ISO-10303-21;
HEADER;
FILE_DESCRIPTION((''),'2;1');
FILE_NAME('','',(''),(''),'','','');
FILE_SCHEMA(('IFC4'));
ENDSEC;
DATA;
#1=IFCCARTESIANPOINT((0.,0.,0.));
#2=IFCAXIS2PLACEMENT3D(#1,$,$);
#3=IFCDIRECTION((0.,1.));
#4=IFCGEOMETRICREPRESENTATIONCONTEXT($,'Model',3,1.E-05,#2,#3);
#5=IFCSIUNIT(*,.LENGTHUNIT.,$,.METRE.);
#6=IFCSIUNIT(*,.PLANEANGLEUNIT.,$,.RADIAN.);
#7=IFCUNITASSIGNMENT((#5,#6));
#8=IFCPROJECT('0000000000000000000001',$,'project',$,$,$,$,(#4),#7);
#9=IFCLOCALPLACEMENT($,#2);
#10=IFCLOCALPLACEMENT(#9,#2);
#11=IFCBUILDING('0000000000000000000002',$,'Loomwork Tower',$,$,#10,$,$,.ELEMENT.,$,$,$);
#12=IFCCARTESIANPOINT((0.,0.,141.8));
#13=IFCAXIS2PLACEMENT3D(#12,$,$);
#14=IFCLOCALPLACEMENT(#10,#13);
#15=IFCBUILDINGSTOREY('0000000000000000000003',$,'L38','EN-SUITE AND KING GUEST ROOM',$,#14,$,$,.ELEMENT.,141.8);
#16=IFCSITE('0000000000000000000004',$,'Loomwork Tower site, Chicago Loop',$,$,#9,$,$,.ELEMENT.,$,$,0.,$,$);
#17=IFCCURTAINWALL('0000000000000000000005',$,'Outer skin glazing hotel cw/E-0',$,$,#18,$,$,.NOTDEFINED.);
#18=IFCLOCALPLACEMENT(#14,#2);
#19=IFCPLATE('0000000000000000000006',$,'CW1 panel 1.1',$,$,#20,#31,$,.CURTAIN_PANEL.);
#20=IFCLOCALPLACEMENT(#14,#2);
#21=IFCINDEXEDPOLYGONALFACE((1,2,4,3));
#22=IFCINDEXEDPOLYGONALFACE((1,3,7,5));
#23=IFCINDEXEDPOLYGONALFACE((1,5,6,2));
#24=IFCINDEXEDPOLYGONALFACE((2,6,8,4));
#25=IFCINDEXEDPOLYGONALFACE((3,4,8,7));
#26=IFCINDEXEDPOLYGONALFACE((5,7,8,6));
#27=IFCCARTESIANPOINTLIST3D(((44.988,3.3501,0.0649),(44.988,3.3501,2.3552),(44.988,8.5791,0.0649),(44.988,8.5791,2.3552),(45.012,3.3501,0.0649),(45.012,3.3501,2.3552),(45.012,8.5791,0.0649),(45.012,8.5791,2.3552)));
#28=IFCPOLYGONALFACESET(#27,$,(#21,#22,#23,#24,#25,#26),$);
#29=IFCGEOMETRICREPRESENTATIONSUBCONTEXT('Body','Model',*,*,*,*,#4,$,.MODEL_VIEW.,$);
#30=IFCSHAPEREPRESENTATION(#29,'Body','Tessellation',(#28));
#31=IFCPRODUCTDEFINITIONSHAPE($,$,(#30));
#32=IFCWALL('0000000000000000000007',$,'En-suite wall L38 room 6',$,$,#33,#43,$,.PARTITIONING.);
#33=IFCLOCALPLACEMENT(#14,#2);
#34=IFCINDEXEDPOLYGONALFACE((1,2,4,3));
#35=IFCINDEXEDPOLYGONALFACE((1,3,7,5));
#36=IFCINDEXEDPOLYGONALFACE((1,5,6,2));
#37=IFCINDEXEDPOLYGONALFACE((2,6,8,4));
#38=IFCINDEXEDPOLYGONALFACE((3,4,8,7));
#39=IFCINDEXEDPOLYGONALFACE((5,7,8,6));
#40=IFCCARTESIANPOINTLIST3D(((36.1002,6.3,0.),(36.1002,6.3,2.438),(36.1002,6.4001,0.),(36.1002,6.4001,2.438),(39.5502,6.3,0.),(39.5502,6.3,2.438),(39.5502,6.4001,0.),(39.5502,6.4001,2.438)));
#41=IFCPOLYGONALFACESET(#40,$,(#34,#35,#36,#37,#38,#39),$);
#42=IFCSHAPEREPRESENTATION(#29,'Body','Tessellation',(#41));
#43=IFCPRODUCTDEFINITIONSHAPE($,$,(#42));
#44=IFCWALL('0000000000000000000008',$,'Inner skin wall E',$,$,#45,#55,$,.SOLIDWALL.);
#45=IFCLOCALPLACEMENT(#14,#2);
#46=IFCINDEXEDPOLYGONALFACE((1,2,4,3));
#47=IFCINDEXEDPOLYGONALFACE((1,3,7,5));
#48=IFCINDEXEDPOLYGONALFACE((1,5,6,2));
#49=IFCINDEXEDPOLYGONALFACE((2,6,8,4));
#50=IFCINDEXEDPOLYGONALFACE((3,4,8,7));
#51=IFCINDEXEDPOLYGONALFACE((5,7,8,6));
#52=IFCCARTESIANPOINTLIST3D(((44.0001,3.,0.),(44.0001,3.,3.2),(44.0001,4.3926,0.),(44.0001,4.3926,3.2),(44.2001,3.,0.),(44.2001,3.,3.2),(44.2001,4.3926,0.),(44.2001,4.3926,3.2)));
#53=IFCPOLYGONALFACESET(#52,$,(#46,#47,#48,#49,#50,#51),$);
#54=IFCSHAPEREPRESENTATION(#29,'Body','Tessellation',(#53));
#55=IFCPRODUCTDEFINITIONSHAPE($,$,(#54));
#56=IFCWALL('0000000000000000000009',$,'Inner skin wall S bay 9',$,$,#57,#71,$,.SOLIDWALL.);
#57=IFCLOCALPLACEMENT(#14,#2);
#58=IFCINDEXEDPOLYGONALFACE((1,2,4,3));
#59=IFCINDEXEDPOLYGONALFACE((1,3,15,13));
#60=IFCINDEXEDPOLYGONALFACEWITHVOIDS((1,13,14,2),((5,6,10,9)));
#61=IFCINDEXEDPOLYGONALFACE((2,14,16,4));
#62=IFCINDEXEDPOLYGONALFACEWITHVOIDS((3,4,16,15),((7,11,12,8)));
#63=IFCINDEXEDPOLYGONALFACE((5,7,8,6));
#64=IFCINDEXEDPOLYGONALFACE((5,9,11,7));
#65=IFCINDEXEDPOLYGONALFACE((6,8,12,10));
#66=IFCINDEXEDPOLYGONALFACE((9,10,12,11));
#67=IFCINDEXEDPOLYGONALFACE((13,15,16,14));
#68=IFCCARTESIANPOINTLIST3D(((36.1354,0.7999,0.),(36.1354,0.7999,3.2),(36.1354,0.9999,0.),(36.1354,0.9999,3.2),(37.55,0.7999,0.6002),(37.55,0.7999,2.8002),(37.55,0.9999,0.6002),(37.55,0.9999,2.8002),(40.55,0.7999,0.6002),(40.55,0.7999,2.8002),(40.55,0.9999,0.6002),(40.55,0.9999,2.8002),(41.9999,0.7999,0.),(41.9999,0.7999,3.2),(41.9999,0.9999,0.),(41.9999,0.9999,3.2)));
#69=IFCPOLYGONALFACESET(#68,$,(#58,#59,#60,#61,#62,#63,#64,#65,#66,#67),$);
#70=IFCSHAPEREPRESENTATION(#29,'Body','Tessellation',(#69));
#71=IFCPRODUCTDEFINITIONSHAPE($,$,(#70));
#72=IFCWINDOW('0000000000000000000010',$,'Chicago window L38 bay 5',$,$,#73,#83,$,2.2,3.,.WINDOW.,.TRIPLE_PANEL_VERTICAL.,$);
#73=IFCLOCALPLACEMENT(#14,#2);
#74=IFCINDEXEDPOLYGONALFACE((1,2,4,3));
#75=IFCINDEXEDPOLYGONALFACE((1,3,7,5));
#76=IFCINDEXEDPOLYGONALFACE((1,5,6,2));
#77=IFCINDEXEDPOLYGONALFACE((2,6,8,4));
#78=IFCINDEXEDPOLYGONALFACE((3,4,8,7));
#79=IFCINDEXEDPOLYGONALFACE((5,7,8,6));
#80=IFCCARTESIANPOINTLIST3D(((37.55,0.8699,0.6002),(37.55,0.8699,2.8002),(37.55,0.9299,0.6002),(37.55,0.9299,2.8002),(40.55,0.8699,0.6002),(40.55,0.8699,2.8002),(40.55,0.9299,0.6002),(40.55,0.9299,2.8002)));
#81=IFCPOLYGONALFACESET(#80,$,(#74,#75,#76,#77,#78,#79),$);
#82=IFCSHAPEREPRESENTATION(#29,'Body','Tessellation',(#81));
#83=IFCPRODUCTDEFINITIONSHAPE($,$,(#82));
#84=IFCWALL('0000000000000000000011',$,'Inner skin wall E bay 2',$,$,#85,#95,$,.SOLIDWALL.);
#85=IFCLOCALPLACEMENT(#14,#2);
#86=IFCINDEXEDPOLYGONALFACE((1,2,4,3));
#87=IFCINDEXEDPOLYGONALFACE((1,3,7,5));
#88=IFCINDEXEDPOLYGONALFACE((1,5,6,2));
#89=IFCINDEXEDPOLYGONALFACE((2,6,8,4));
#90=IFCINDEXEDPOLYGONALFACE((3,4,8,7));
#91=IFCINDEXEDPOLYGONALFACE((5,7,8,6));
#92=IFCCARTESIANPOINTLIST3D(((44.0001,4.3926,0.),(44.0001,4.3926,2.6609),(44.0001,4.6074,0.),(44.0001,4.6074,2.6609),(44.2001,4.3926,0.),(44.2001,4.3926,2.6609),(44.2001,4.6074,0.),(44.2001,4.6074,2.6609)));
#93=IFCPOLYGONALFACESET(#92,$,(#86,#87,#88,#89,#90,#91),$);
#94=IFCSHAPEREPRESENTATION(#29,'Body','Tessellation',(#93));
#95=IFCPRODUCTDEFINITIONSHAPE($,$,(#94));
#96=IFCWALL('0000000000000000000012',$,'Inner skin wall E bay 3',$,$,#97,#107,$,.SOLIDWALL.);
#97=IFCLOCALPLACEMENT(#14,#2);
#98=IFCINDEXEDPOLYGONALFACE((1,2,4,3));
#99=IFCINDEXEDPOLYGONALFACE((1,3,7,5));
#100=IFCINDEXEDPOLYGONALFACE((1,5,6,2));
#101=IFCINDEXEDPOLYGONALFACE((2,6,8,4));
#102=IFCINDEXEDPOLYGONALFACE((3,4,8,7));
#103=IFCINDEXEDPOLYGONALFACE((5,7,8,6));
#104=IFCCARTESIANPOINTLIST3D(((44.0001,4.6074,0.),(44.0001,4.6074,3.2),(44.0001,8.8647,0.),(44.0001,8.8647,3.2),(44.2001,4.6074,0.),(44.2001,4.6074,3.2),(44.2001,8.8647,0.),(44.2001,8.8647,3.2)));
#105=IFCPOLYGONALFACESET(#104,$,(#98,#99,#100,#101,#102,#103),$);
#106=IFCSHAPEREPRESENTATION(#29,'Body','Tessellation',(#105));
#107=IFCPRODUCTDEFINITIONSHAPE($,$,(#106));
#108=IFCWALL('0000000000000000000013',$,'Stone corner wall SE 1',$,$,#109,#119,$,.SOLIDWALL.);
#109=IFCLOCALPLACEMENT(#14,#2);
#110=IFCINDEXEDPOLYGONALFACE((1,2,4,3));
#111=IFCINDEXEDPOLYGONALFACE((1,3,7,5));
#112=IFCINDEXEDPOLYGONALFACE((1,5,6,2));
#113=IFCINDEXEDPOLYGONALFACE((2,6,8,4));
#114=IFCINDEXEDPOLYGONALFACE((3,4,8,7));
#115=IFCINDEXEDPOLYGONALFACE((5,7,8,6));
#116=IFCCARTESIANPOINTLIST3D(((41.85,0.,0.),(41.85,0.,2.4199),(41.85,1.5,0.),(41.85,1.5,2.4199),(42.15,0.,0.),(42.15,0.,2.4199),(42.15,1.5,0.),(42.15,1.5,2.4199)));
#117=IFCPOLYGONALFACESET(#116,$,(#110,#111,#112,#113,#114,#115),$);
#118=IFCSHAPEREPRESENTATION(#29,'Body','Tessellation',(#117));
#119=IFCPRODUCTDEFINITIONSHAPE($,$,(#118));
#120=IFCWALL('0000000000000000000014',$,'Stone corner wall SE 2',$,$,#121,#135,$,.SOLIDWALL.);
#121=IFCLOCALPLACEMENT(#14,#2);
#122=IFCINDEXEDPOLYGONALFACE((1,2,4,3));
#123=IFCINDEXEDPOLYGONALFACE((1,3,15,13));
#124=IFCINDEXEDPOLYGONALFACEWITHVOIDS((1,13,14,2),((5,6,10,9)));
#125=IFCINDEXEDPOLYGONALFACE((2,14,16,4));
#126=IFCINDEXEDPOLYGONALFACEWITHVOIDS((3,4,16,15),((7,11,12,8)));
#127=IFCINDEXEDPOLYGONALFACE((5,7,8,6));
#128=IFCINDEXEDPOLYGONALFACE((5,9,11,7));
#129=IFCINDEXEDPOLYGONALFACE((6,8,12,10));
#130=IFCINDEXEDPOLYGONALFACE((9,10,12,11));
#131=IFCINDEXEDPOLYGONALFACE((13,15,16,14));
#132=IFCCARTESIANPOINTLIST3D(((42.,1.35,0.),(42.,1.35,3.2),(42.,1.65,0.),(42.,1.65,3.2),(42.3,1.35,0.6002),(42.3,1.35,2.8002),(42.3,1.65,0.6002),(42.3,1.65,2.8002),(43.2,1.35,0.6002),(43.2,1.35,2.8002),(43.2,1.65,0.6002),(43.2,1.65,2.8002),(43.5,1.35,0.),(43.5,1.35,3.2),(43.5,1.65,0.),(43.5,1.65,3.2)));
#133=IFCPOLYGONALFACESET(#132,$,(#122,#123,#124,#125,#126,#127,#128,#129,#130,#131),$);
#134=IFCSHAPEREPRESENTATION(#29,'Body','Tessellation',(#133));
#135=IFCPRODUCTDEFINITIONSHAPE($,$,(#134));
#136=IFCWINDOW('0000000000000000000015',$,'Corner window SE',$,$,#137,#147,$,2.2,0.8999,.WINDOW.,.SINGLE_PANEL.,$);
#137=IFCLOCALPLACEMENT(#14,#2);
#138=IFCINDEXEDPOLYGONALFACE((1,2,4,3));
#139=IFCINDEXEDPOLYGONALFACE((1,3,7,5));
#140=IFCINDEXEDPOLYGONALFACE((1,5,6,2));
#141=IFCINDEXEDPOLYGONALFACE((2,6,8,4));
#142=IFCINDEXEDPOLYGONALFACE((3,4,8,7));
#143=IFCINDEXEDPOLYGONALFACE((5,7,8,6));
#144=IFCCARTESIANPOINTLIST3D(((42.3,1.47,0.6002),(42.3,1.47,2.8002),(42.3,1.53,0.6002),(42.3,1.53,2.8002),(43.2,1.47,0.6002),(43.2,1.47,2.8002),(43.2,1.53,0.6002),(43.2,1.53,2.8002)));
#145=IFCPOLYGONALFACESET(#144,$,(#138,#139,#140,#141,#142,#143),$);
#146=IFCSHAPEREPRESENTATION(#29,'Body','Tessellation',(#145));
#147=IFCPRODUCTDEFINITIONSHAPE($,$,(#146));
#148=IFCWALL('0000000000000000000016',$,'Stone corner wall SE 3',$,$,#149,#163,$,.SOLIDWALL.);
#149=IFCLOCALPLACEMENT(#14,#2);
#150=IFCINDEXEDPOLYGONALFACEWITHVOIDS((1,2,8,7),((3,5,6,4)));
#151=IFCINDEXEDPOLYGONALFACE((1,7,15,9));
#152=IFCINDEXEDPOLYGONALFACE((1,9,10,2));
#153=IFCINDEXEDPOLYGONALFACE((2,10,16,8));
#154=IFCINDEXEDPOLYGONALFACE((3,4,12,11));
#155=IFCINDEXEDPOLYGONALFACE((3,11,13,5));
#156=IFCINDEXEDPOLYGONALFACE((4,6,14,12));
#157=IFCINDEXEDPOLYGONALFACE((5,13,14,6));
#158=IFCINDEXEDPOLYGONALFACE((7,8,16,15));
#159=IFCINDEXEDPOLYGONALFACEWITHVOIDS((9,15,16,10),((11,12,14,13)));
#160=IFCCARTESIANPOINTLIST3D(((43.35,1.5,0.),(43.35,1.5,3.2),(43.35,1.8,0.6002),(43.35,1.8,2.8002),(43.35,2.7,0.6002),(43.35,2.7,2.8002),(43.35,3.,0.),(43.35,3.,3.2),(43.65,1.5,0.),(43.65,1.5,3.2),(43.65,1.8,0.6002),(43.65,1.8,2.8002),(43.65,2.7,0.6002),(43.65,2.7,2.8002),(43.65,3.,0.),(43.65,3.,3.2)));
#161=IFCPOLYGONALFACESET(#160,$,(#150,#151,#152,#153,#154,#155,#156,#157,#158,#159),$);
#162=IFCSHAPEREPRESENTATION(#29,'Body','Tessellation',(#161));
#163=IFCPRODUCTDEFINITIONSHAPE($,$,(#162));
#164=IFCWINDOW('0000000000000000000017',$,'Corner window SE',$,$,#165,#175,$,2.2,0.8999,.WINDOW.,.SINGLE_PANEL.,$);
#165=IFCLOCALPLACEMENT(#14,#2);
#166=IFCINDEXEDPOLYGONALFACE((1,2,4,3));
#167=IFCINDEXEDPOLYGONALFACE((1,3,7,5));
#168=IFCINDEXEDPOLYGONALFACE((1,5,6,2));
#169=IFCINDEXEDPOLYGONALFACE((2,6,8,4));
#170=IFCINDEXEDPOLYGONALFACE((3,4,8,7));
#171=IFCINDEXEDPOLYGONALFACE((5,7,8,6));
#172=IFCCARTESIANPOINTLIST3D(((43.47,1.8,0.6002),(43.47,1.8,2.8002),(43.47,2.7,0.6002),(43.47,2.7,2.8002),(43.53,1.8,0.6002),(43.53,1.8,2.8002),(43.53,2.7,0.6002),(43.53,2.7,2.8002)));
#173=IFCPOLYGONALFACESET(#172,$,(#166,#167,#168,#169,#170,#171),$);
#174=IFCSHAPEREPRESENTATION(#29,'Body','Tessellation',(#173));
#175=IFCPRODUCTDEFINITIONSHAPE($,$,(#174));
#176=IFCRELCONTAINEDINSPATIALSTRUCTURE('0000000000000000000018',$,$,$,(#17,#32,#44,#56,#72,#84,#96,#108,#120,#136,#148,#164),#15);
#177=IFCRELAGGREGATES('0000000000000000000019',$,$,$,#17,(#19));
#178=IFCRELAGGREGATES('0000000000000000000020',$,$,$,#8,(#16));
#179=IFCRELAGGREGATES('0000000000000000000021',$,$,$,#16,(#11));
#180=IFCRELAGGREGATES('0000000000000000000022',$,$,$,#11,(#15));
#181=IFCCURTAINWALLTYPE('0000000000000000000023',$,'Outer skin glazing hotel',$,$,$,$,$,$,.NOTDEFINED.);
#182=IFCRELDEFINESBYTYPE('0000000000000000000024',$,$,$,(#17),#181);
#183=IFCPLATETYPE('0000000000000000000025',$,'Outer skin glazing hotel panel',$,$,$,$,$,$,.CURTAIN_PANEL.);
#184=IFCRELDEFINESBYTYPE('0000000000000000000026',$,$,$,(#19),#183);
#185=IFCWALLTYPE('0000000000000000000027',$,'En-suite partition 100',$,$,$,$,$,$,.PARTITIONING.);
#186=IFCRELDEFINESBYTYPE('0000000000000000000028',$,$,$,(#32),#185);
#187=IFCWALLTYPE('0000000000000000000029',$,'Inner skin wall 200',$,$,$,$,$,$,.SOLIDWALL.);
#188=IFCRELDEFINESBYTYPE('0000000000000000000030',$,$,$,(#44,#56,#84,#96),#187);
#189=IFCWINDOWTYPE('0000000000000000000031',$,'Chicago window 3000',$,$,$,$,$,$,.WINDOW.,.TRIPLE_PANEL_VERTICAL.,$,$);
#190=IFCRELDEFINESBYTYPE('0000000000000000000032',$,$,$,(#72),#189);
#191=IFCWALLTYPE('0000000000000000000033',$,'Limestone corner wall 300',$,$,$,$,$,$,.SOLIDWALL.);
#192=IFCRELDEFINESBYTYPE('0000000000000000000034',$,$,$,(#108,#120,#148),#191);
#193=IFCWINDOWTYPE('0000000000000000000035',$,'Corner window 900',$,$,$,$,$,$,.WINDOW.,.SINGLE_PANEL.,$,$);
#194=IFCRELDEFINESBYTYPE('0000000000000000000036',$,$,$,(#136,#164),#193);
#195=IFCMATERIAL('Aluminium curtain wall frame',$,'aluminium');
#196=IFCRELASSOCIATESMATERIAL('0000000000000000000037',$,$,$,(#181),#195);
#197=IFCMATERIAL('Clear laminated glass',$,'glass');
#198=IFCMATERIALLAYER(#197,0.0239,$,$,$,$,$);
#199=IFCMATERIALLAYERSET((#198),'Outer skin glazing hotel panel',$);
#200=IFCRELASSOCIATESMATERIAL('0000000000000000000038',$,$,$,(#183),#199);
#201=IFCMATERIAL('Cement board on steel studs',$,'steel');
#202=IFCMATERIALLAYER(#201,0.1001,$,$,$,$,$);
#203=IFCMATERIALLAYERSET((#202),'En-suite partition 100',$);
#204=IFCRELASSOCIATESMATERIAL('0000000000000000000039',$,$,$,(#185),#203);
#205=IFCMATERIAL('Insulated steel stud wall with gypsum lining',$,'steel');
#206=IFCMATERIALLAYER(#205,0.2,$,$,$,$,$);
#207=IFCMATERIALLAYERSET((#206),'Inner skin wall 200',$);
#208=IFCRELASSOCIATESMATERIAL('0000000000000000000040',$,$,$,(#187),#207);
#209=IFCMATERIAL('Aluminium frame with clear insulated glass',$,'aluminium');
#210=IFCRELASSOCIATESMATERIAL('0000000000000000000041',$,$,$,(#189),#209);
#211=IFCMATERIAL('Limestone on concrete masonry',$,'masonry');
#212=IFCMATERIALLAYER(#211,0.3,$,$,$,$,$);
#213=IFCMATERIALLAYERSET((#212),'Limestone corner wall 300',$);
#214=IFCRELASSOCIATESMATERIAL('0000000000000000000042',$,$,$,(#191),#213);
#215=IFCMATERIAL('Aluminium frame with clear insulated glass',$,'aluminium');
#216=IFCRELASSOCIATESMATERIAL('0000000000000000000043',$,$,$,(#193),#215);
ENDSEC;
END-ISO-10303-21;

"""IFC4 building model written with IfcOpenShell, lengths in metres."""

from ifc_helpers import new_model, si_unit, direction, frame, frame_2d, origin, origin_2d, place, context, subcontext, project, spatial, rectangle, extrude, material, layer, layer_set, type_object, element, fill, aggregate, save


model = new_model("IFC4")

# Units and contexts
model_context = context("Model", 3, precision=1e-05, world=origin(), true_north=direction((0.0, 1.0)))
body_context = subcontext(model_context, "Body", "Model", "MODEL_VIEW")
ifc_project = project(units=[si_unit("LENGTHUNIT", "METRE"), si_unit("PLANEANGLEUNIT", "RADIAN")], contexts=[model_context])

# Site, building, storey
site_placement = place(None, origin())
site = spatial("IfcSite", under=ifc_project, at=site_placement, Name="Loomwork Tower site, Chicago Loop", CompositionType="ELEMENT", RefElevation=0.0)
building_placement = place(site_placement, origin())
building = spatial("IfcBuilding", under=site, at=building_placement, Name="Loomwork Tower", CompositionType="ELEMENT")
storey_placement = place(building_placement, frame((0.0, 0.0, 141.8)))
storey = spatial("IfcBuildingStorey", under=building, at=storey_placement, Name="L38", Description="EN-SUITE AND KING GUEST ROOM", CompositionType="ELEMENT", Elevation=141.8)

# Curtain wall
ifc_material_1 = material(Name="Aluminium curtain wall frame", Category="aluminium")
curtain_wall_type = type_object("IfcCurtainWallType", Name="Outer skin glazing hotel", PredefinedType="NOTDEFINED", material=ifc_material_1)
curtain_wall_1_placement = place(storey_placement, origin())
curtain_wall_1 = element("IfcCurtainWall", 1, at=curtain_wall_1_placement, inside=storey, type_object=curtain_wall_type, Name="Outer skin glazing hotel cw/E-0", PredefinedType="NOTDEFINED")

# Plate
ifc_material_2 = material(Name="Clear laminated glass", Category="glass")
ifc_layer_1 = layer(ifc_material_2, 0.0239)
ifc_layer_set_1 = layer_set([ifc_layer_1], Name="Outer skin glazing hotel panel")
plate_type = type_object("IfcPlateType", Name="Outer skin glazing hotel panel", PredefinedType="CURTAIN_PANEL", material=ifc_layer_set_1)
plate_1_placement = place(storey_placement, frame((45.0, 5.9646, 0.0649), z_axis=(0.0, 0.0, 1.0), x_axis=(0.0, 1.0, 0.0)))
plate_1 = element("IfcPlate", 2, at=plate_1_placement, type_object=plate_type, Name="CW1 panel 1.1", PredefinedType="CURTAIN_PANEL", context=body_context, shape_type="SweptSolid", body=[
    extrude(rectangle(XDim=5.229, YDim=0.0239, at=origin_2d()), origin(), (0.0, 0.0, 1.0), 2.2903),
])
aggregate(curtain_wall_1, [plate_1])

# Walls
ifc_material_3 = material(Name="Cement board on steel studs", Category="steel")
ifc_layer_2 = layer(ifc_material_3, 0.1001)
ifc_layer_set_2 = layer_set([ifc_layer_2], Name="En-suite partition 100")
wall_type_1 = type_object("IfcWallType", Name="En-suite partition 100", PredefinedType="PARTITIONING", material=ifc_layer_set_2)
wall_1_placement = place(storey_placement, frame((36.1001, 6.3501, 0.0), z_axis=(0.0, 0.0, 1.0), x_axis=(1.0, 0.0, 0.0)))
element("IfcWall", 3, at=wall_1_placement, inside=storey, type_object=wall_type_1, Name="En-suite wall L38 room 6", PredefinedType="PARTITIONING", context=body_context, shape_type="SweptSolid", body=[
    extrude(rectangle(XDim=3.45, YDim=0.1001, at=frame_2d((1.7251, 0.0))), origin(), (0.0, 0.0, 1.0), 2.438),
])
ifc_material_4 = material(Name="Insulated steel stud wall with gypsum lining", Category="steel")
ifc_layer_3 = layer(ifc_material_4, 0.2)
ifc_layer_set_3 = layer_set([ifc_layer_3], Name="Inner skin wall 200")
wall_type_2 = type_object("IfcWallType", Name="Inner skin wall 200", PredefinedType="SOLIDWALL", material=ifc_layer_set_3)
wall_2_placement = place(storey_placement, frame((44.1001, 3.0, 0.0), z_axis=(0.0, 0.0, 1.0), x_axis=(0.0, 1.0, 0.0)))
element("IfcWall", 4, at=wall_2_placement, inside=storey, type_object=wall_type_2, Name="Inner skin wall E", PredefinedType="SOLIDWALL", context=body_context, shape_type="SweptSolid", body=[
    extrude(rectangle(XDim=1.3926, YDim=0.2, at=frame_2d((0.6963, 0.0))), origin(), (0.0, 0.0, 1.0), 3.2),
])

# Wall, opening, window
wall_3_placement = place(storey_placement, frame((36.1355, 0.8999, 0.0), z_axis=(0.0, 0.0, 1.0), x_axis=(1.0, 0.0, 0.0)))
wall_3 = element("IfcWall", 5, at=wall_3_placement, inside=storey, type_object=wall_type_2, Name="Inner skin wall S bay 9", PredefinedType="SOLIDWALL", context=body_context, shape_type="SweptSolid", body=[
    extrude(rectangle(XDim=5.8645, YDim=0.2, at=frame_2d((2.9321, 0.0))), origin(), (0.0, 0.0, 1.0), 3.2),
])
opening_1_placement = place(wall_3_placement, frame((1.4146, 0.0, 0.6001)))
opening_1 = element("IfcOpeningElement", 6, at=opening_1_placement, cuts=wall_3, PredefinedType="OPENING", context=body_context, shape_type="SweptSolid", body=[
    extrude(rectangle(XDim=3.0, YDim=2.2, at=frame_2d((1.5, 1.1001))), frame((0.0, 0.1099, 0.0), z_axis=(0.0, -1.0, 0.0), x_axis=(1.0, 0.0, 0.0)), (0.0, 0.0, 1.0), 0.22),
])
ifc_material_5 = material(Name="Aluminium frame with clear insulated glass", Category="aluminium")
window_type_1 = type_object("IfcWindowType", Name="Chicago window 3000", PartitioningType="TRIPLE_PANEL_VERTICAL", PredefinedType="WINDOW", material=ifc_material_5)
window_1_placement = place(opening_1_placement, origin())
window_1 = element("IfcWindow", 7, at=window_1_placement, inside=storey, type_object=window_type_1, Name="Chicago window L38 bay 5", OverallHeight=2.2, OverallWidth=3.0, PartitioningType="TRIPLE_PANEL_VERTICAL", PredefinedType="WINDOW", context=body_context, shape_type="SweptSolid", body=[
    extrude(rectangle(XDim=3.0, YDim=2.2, at=frame_2d((1.5, 1.1001))), frame((0.0, 0.03, 0.0), z_axis=(0.0, -1.0, 0.0), x_axis=(1.0, 0.0, 0.0)), (0.0, 0.0, 1.0), 0.0601),
])
fill(opening_1, window_1)

# Walls
wall_4_placement = place(storey_placement, frame((44.1001, 4.3926, 0.0), z_axis=(0.0, 0.0, 1.0), x_axis=(0.0, 1.0, 0.0)))
element("IfcWall", 8, at=wall_4_placement, inside=storey, type_object=wall_type_2, Name="Inner skin wall E bay 2", PredefinedType="SOLIDWALL", context=body_context, shape_type="SweptSolid", body=[
    extrude(rectangle(XDim=0.2148, YDim=0.2, at=frame_2d((0.1074, 0.0))), origin(), (0.0, 0.0, 1.0), 2.6609),
])
wall_5_placement = place(storey_placement, frame((44.1001, 4.6074, 0.0), z_axis=(0.0, 0.0, 1.0), x_axis=(0.0, 1.0, 0.0)))
element("IfcWall", 9, at=wall_5_placement, inside=storey, type_object=wall_type_2, Name="Inner skin wall E bay 3", PredefinedType="SOLIDWALL", context=body_context, shape_type="SweptSolid", body=[
    extrude(rectangle(XDim=4.2573, YDim=0.2, at=frame_2d((2.1287, 0.0))), origin(), (0.0, 0.0, 1.0), 3.2),
])
ifc_material_6 = material(Name="Limestone on concrete masonry", Category="masonry")
ifc_layer_4 = layer(ifc_material_6, 0.3)
ifc_layer_set_4 = layer_set([ifc_layer_4], Name="Limestone corner wall 300")
wall_type_3 = type_object("IfcWallType", Name="Limestone corner wall 300", PredefinedType="SOLIDWALL", material=ifc_layer_set_4)
wall_6_placement = place(storey_placement, frame((42.0, 0.0, 0.0), z_axis=(0.0, 0.0, 1.0), x_axis=(0.0, 1.0, 0.0)))
element("IfcWall", 10, at=wall_6_placement, inside=storey, type_object=wall_type_3, Name="Stone corner wall SE 1", PredefinedType="SOLIDWALL", context=body_context, shape_type="SweptSolid", body=[
    extrude(rectangle(XDim=1.5, YDim=0.3, at=frame_2d((0.75, 0.0))), origin(), (0.0, 0.0, 1.0), 2.4199),
])

# Walls, openings, windows
wall_7_placement = place(storey_placement, frame((42.0, 1.5, 0.0), z_axis=(0.0, 0.0, 1.0), x_axis=(1.0, 0.0, 0.0)))
wall_7 = element("IfcWall", 11, at=wall_7_placement, inside=storey, type_object=wall_type_3, Name="Stone corner wall SE 2", PredefinedType="SOLIDWALL", context=body_context, shape_type="SweptSolid", body=[
    extrude(rectangle(XDim=1.5, YDim=0.3, at=frame_2d((0.75, 0.0))), origin(), (0.0, 0.0, 1.0), 3.2),
])
opening_2_placement = place(wall_7_placement, frame((0.3, 0.0, 0.6001)))
opening_2 = element("IfcOpeningElement", 12, at=opening_2_placement, cuts=wall_7, PredefinedType="OPENING", context=body_context, shape_type="SweptSolid", body=[
    extrude(rectangle(XDim=0.8999, YDim=2.2, at=frame_2d((0.45, 1.1001))), frame((0.0, 0.1599, 0.0), z_axis=(0.0, -1.0, 0.0), x_axis=(1.0, 0.0, 0.0)), (0.0, 0.0, 1.0), 0.3201),
])
ifc_material_7 = material(Name="Aluminium frame with clear insulated glass", Category="aluminium")
window_type_2 = type_object("IfcWindowType", Name="Corner window 900", PartitioningType="SINGLE_PANEL", PredefinedType="WINDOW", material=ifc_material_7)
window_2_placement = place(opening_2_placement, origin())
window_2 = element("IfcWindow", 13, at=window_2_placement, inside=storey, type_object=window_type_2, Name="Corner window SE", OverallHeight=2.2, OverallWidth=0.8999, PartitioningType="SINGLE_PANEL", PredefinedType="WINDOW", context=body_context, shape_type="SweptSolid", body=[
    extrude(rectangle(XDim=0.8999, YDim=2.2, at=frame_2d((0.45, 1.1001))), frame((0.0, 0.03, 0.0), z_axis=(0.0, -1.0, 0.0), x_axis=(1.0, 0.0, 0.0)), (0.0, 0.0, 1.0), 0.0601),
])
fill(opening_2, window_2)
wall_8_placement = place(storey_placement, frame((43.5, 1.5, 0.0), z_axis=(0.0, 0.0, 1.0), x_axis=(0.0, 1.0, 0.0)))
wall_8 = element("IfcWall", 14, at=wall_8_placement, inside=storey, type_object=wall_type_3, Name="Stone corner wall SE 3", PredefinedType="SOLIDWALL", context=body_context, shape_type="SweptSolid", body=[
    extrude(rectangle(XDim=1.5, YDim=0.3, at=frame_2d((0.75, 0.0))), origin(), (0.0, 0.0, 1.0), 3.2),
])
opening_3_placement = place(wall_8_placement, frame((0.3, 0.0, 0.6001)))
opening_3 = element("IfcOpeningElement", 15, at=opening_3_placement, cuts=wall_8, PredefinedType="OPENING", context=body_context, shape_type="SweptSolid", body=[
    extrude(rectangle(XDim=0.8999, YDim=2.2, at=frame_2d((0.45, 1.1001))), frame((0.0, 0.1599, 0.0), z_axis=(0.0, -1.0, 0.0), x_axis=(1.0, 0.0, 0.0)), (0.0, 0.0, 1.0), 0.3201),
])
window_3_placement = place(opening_3_placement, origin())
window_3 = element("IfcWindow", 16, at=window_3_placement, inside=storey, type_object=window_type_2, Name="Corner window SE", OverallHeight=2.2, OverallWidth=0.8999, PartitioningType="SINGLE_PANEL", PredefinedType="WINDOW", context=body_context, shape_type="SweptSolid", body=[
    extrude(rectangle(XDim=0.8999, YDim=2.2, at=frame_2d((0.45, 1.1001))), frame((0.0, 0.03, 0.0), z_axis=(0.0, -1.0, 0.0), x_axis=(1.0, 0.0, 0.0)), (0.0, 0.0, 1.0), 0.0601),
])
fill(opening_3, window_3)

save(model, "model.ifc")
